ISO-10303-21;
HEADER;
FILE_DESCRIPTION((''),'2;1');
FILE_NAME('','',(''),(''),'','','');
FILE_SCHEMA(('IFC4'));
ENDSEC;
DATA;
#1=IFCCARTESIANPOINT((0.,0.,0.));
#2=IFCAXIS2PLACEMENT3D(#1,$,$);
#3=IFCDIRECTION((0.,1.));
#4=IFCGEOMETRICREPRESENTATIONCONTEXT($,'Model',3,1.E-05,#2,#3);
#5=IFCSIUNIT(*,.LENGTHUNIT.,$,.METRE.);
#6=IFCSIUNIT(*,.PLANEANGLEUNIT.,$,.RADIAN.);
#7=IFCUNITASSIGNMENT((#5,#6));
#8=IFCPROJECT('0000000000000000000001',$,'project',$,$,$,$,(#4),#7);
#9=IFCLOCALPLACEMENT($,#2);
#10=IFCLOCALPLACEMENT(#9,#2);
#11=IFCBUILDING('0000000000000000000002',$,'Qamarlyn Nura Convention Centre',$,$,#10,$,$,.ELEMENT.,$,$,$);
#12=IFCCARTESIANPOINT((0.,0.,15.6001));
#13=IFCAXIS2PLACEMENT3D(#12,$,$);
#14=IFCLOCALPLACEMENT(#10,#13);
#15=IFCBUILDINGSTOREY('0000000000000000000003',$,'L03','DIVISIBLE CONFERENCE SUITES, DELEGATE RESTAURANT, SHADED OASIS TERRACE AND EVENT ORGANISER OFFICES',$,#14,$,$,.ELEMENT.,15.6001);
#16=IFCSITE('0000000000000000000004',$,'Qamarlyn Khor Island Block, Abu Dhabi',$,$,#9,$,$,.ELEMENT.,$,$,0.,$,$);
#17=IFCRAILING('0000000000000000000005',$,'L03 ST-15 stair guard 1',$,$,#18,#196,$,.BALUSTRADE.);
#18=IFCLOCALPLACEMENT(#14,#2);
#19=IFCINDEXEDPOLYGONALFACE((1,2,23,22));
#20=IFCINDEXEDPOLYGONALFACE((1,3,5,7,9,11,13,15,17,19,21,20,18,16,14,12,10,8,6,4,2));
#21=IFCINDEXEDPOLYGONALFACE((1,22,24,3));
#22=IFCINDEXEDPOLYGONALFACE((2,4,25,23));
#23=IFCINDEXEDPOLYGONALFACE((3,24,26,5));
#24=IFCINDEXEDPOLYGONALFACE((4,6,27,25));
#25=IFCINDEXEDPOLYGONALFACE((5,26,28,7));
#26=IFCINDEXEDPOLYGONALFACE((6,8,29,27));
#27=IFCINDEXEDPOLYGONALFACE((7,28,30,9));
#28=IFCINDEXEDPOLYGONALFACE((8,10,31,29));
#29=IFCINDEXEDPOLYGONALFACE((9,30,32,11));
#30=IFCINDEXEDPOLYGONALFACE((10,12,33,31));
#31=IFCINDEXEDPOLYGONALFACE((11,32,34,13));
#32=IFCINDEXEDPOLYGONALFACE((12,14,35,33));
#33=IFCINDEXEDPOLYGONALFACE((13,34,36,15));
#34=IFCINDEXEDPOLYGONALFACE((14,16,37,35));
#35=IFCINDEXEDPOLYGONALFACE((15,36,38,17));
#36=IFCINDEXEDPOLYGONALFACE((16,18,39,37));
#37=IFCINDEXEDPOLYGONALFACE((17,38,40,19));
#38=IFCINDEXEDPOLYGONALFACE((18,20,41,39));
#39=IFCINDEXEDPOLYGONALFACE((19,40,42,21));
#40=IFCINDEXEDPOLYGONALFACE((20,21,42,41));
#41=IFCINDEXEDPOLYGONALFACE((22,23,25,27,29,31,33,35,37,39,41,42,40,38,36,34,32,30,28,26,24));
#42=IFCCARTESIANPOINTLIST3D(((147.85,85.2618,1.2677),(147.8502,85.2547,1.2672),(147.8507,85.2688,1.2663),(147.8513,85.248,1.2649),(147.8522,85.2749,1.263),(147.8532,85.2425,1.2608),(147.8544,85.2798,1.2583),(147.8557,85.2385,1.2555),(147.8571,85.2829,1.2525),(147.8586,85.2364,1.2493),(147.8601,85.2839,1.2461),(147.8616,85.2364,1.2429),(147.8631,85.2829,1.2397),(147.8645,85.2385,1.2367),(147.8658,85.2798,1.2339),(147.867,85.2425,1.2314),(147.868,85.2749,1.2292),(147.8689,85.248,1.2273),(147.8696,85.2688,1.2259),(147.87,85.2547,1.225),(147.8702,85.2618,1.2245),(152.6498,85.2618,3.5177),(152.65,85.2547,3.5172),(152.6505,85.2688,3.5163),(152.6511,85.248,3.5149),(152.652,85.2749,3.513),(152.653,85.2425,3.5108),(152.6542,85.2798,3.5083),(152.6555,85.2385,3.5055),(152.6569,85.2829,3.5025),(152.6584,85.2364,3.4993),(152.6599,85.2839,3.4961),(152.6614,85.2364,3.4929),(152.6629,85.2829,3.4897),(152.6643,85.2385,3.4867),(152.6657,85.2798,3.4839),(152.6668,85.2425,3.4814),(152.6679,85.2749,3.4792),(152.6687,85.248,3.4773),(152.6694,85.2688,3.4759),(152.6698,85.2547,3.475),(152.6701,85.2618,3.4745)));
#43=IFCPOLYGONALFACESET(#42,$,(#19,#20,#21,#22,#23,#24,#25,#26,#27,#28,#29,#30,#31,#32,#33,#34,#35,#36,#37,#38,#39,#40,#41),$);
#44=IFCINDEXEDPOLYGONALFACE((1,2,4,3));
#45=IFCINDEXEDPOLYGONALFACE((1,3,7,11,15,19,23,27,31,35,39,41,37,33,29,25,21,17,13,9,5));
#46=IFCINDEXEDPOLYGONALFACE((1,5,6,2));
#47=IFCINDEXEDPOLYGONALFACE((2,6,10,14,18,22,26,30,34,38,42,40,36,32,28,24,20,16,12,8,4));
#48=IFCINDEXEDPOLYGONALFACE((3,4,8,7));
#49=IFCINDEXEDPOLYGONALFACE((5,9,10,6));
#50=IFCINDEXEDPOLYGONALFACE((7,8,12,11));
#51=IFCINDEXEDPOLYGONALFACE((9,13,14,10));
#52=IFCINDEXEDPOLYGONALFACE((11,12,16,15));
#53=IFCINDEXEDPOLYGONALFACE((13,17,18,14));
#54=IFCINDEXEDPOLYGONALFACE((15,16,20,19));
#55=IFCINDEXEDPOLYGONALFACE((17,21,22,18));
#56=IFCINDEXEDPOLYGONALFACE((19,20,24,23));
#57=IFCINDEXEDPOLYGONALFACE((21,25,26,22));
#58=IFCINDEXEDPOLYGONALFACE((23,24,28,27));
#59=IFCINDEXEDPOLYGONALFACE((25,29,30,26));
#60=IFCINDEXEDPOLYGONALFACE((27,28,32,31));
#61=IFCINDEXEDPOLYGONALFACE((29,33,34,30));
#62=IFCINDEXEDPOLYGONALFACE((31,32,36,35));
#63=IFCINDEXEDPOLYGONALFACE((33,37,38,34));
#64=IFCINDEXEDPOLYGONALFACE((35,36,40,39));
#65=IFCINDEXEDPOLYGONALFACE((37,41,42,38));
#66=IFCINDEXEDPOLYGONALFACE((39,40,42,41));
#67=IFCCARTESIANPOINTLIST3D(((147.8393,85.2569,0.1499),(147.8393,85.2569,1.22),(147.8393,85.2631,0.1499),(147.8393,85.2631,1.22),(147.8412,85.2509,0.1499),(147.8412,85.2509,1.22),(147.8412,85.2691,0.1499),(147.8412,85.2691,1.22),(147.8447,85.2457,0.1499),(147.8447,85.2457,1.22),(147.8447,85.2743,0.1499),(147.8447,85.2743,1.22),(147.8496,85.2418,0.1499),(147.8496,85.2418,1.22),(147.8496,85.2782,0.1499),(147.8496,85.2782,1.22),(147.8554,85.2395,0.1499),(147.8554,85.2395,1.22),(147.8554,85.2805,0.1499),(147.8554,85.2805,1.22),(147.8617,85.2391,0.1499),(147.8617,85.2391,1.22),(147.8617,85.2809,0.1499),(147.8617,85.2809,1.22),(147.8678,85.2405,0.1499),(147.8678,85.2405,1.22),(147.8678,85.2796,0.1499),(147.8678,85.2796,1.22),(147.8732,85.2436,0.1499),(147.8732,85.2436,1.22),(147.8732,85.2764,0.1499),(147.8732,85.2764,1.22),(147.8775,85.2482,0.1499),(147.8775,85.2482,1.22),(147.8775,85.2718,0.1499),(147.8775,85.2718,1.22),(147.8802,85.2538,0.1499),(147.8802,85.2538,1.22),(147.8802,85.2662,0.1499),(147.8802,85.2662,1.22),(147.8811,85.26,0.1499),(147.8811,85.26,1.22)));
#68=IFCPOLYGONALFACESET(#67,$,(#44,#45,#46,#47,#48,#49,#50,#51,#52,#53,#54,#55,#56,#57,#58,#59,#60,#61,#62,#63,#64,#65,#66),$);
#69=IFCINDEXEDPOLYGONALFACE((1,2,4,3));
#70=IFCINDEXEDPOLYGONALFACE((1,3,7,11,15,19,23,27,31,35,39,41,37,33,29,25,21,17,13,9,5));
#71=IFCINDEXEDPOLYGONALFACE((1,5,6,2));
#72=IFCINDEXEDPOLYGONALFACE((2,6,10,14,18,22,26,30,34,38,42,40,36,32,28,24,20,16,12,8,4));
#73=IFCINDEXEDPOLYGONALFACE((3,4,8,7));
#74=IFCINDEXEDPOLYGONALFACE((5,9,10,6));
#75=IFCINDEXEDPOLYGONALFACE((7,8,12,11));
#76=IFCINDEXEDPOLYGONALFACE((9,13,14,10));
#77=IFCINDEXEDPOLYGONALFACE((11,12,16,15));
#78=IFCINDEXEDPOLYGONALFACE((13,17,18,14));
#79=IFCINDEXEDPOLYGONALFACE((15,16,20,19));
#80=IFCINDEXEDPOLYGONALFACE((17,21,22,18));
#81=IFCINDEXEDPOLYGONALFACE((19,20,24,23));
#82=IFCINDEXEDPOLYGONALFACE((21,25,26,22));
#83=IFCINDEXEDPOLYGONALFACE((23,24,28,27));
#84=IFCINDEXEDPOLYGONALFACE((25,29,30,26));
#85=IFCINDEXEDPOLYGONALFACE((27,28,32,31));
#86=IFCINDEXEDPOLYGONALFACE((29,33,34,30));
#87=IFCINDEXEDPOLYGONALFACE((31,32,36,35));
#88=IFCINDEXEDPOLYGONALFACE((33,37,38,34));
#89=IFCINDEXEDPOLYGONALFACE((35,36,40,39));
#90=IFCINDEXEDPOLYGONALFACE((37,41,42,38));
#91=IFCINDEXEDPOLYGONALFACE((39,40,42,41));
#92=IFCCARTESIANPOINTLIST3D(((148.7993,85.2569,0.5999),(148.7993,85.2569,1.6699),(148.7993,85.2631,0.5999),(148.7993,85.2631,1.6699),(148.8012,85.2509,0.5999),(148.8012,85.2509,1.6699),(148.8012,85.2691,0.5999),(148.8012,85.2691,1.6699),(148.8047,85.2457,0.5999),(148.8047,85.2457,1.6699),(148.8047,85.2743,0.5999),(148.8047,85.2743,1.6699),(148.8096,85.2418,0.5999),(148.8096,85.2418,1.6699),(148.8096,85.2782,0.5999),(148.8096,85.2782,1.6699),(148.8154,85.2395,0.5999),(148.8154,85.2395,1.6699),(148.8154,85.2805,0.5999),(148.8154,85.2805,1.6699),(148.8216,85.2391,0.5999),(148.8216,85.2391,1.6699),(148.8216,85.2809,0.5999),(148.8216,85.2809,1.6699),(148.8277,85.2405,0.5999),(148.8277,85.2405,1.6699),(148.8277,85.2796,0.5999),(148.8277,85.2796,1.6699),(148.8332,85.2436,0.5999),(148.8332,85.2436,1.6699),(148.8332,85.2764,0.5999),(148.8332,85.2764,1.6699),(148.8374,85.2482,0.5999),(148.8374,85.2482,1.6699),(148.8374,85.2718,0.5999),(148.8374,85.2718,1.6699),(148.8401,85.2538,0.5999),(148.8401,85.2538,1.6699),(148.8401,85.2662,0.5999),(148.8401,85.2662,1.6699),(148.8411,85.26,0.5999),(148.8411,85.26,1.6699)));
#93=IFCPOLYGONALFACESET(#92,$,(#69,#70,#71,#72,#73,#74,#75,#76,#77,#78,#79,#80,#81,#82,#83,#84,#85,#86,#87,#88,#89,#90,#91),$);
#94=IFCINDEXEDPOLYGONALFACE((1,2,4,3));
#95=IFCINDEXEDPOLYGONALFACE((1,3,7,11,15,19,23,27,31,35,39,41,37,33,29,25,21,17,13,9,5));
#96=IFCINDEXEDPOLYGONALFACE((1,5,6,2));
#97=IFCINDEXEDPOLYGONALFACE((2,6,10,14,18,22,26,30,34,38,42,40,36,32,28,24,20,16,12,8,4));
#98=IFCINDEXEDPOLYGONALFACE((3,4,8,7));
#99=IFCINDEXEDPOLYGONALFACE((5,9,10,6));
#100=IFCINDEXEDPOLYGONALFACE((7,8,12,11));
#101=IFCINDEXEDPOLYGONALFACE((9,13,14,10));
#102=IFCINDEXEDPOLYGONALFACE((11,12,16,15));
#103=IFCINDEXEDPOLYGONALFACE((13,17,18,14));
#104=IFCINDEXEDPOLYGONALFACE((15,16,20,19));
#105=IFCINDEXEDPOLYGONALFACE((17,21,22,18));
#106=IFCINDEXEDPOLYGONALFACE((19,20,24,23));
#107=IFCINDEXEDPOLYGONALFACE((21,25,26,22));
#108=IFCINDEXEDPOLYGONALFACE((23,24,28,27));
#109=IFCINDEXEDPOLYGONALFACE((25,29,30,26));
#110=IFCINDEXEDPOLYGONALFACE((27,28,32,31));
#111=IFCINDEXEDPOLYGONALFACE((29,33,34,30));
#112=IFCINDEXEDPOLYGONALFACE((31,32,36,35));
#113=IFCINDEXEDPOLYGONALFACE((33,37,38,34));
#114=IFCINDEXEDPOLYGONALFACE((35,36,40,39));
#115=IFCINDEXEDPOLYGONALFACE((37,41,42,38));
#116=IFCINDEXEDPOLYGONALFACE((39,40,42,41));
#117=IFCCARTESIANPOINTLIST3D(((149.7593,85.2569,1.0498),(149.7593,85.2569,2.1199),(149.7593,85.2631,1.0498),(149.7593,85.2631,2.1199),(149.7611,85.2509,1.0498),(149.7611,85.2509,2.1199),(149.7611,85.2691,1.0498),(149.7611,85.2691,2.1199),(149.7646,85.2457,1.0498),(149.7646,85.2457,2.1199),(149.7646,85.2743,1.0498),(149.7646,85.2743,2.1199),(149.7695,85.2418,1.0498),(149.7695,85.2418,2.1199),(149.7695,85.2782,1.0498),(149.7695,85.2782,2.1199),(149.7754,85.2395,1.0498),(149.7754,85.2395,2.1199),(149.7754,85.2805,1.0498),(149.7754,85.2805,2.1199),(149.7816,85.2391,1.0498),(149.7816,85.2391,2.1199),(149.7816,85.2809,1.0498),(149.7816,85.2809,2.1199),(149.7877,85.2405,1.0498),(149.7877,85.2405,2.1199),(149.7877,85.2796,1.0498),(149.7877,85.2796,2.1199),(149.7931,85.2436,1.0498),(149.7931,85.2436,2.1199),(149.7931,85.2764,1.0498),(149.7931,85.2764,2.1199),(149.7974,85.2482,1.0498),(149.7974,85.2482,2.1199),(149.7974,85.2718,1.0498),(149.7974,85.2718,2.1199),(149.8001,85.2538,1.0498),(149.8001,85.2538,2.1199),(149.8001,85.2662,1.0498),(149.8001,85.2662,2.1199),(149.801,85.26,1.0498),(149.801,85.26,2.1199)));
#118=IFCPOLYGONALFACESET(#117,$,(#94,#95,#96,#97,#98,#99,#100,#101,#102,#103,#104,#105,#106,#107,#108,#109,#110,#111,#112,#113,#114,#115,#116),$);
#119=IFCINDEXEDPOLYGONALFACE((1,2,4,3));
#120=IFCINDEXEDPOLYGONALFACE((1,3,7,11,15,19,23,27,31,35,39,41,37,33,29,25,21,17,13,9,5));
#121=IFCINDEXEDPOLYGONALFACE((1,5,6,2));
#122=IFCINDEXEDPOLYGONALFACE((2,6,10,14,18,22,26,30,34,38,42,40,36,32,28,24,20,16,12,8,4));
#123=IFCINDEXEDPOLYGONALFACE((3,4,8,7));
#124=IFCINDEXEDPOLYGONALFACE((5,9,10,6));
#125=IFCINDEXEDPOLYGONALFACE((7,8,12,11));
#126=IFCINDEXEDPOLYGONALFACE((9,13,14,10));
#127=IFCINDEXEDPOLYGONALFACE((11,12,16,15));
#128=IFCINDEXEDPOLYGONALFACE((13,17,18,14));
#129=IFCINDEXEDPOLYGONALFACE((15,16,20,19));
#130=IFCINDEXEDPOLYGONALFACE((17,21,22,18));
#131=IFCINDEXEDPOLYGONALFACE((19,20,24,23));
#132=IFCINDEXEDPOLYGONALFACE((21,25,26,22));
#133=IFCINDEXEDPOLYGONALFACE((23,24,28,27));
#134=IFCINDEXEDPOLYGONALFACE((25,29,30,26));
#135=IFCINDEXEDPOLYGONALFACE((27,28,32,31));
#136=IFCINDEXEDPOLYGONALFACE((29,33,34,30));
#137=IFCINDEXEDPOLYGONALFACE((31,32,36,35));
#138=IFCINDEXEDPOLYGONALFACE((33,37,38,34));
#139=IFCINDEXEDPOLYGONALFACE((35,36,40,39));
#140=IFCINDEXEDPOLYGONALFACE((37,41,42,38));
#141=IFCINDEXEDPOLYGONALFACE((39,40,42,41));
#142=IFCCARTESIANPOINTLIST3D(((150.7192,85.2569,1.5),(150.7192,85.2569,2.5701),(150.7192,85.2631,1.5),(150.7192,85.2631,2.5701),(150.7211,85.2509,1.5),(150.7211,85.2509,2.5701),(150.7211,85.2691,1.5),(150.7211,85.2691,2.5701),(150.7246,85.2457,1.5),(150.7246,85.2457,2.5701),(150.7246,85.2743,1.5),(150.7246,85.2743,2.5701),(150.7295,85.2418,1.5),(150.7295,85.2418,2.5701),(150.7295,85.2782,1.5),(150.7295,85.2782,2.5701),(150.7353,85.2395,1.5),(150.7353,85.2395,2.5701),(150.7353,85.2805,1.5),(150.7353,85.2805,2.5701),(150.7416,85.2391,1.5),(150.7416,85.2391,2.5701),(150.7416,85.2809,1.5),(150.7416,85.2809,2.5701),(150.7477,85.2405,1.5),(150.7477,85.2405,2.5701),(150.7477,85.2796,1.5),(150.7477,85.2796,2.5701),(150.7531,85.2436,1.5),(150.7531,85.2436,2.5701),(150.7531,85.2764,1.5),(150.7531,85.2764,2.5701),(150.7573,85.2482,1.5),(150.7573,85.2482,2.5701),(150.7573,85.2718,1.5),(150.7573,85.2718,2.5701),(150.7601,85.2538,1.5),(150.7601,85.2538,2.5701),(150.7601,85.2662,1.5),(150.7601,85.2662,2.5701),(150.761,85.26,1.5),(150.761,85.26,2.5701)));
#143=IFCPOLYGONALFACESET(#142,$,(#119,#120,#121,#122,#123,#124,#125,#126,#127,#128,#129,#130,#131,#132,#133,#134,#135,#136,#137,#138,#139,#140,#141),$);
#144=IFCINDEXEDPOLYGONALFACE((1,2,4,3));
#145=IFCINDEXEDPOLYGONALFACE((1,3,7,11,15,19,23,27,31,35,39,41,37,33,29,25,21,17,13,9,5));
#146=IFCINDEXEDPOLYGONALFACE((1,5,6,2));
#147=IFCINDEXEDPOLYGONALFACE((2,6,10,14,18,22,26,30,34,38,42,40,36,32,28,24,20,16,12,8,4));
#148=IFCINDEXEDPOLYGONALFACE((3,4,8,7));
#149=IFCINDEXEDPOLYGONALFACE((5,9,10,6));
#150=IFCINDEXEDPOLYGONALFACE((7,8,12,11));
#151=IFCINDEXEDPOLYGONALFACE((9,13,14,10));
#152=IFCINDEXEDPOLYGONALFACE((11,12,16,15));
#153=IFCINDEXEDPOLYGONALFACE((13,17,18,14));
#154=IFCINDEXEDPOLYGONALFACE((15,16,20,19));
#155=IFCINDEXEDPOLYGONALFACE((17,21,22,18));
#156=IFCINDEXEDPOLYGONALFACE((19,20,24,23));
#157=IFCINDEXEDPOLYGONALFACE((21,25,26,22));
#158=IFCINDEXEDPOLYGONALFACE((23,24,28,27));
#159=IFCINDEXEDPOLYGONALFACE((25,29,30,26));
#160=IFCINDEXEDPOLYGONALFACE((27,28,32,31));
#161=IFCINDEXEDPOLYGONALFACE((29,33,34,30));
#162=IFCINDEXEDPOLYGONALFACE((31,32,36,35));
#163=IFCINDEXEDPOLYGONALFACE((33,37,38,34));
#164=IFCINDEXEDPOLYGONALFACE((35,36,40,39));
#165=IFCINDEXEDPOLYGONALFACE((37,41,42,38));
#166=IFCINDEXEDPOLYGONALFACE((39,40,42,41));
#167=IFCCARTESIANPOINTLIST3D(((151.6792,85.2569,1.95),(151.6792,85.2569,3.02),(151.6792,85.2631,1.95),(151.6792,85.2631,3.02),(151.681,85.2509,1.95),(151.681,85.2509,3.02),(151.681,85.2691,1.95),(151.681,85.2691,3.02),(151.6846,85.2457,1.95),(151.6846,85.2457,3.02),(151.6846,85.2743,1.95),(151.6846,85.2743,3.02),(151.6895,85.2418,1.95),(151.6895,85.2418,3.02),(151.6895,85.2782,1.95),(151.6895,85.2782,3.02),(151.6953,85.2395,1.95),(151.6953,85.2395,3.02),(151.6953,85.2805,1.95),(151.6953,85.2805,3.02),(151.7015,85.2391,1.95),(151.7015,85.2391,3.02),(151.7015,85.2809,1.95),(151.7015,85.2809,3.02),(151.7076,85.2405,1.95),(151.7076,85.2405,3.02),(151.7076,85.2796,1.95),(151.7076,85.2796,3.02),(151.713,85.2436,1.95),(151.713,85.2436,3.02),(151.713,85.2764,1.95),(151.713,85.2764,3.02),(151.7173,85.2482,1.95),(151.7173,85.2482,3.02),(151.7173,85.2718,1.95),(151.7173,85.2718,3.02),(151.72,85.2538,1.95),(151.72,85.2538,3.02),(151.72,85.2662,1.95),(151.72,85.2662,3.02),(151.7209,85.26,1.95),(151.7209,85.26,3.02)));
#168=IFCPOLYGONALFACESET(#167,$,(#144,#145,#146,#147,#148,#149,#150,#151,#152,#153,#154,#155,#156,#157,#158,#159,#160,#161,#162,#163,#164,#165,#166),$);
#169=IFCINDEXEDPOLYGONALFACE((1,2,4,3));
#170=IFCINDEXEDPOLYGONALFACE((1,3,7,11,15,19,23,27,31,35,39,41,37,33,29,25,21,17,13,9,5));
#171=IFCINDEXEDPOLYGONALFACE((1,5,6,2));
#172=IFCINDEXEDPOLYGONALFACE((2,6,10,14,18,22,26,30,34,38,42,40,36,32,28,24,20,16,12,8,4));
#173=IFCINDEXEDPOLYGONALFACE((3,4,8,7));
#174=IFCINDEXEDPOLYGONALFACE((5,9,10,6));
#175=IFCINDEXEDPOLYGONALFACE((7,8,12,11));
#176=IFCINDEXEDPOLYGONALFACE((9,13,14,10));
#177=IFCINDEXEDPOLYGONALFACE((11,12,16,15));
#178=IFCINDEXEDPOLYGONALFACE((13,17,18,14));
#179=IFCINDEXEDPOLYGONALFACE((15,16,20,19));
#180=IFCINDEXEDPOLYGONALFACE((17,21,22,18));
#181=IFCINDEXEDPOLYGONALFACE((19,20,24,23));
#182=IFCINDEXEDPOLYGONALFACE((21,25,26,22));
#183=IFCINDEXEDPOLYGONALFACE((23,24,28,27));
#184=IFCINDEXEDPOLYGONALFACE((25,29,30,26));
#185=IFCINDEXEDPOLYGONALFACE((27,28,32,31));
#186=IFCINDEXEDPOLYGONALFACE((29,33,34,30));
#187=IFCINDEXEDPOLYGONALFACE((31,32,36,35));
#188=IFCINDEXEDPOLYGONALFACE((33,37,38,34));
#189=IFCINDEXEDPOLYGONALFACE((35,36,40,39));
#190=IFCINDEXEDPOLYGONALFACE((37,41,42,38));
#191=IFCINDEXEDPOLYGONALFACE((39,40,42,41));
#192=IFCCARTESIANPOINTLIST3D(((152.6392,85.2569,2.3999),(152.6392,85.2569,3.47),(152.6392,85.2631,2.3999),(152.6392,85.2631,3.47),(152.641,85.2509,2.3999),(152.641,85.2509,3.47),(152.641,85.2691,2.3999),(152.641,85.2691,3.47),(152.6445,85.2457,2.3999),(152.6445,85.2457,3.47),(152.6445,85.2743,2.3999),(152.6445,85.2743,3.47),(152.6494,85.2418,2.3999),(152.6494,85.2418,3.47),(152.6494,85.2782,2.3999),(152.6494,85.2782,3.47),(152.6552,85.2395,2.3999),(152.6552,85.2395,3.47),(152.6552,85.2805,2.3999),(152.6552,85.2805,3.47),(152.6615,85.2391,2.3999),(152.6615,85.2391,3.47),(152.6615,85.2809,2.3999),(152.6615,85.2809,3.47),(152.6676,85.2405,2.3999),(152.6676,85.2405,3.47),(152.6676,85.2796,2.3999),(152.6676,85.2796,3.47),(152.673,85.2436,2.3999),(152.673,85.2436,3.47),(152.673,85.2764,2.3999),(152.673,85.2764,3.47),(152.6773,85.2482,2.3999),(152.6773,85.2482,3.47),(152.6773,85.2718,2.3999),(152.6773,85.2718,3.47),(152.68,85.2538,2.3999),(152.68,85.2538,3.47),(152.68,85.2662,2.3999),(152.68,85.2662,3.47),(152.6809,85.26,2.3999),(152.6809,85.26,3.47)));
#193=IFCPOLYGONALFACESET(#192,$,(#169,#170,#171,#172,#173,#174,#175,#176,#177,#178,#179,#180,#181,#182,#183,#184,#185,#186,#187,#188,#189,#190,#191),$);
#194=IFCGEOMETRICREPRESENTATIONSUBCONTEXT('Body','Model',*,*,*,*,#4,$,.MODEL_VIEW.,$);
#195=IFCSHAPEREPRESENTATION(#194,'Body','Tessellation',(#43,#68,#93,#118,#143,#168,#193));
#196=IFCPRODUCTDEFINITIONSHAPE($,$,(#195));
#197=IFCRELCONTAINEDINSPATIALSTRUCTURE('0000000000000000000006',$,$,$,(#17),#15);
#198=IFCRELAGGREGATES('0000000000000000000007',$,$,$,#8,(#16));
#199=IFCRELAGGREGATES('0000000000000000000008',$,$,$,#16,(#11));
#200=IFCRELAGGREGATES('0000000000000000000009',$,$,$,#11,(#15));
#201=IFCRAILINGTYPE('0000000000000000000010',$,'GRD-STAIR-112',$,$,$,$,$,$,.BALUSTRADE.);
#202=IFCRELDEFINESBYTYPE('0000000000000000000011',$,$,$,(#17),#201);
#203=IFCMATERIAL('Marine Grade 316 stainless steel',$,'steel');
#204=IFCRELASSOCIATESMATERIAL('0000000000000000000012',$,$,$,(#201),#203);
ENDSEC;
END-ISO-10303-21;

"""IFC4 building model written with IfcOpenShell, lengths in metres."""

from ifc_helpers import new_model, si_unit, direction, frame, origin, origin_2d, place, context, subcontext, project, spatial, circle, extrude, material, type_object, element, save


model = new_model("IFC4")

# Units and contexts
model_context = context("Model", 3, precision=1e-05, world=origin(), true_north=direction((0.0, 1.0)))
body_context = subcontext(model_context, "Body", "Model", "MODEL_VIEW")
ifc_project = project(units=[si_unit("LENGTHUNIT", "METRE"), si_unit("PLANEANGLEUNIT", "RADIAN")], contexts=[model_context])

# Site, building, storey
site_placement = place(None, origin())
site = spatial("IfcSite", under=ifc_project, at=site_placement, Name="Qamarlyn Khor Island Block, Abu Dhabi", CompositionType="ELEMENT", RefElevation=0.0)
building_placement = place(site_placement, origin())
building = spatial("IfcBuilding", under=site, at=building_placement, Name="Qamarlyn Nura Convention Centre", CompositionType="ELEMENT")
storey_placement = place(building_placement, frame((0.0, 0.0, 15.6001)))
storey = spatial("IfcBuildingStorey", under=building, at=storey_placement, Name="L03", Description="DIVISIBLE CONFERENCE SUITES, DELEGATE RESTAURANT, SHADED OASIS TERRACE AND EVENT ORGANISER OFFICES", CompositionType="ELEMENT", Elevation=15.6001)

# Railing
ifc_material_1 = material(Name="Marine Grade 316 stainless steel", Category="steel")
railing_type_1 = type_object("IfcRailingType", Name="GRD-STAIR-112", PredefinedType="BALUSTRADE", material=ifc_material_1)
railing_1_placement = place(storey_placement, frame((147.8601, 85.26, 0.1499)))
element("IfcRailing", 1, at=railing_1_placement, inside=storey, type_object=railing_type_1, Name="L03 ST-15 stair guard 1", PredefinedType="BALUSTRADE", context=body_context, shape_type="SweptSolid", body=[
    extrude(circle(Radius=0.0239, at=origin_2d()), frame((0.0, 0.0, 1.0962), z_axis=(0.905452, 0.0, 0.424448), x_axis=(0.0, 1.0, 0.0)), (0.0, 0.0, 1.0), 5.301),
    extrude(circle(Radius=0.021, at=origin_2d()), origin(), (0.0, 0.0, 1.0), 1.0701),
    extrude(circle(Radius=0.021, at=origin_2d()), frame((0.96, 0.0, 0.45)), (0.0, 0.0, 1.0), 1.0701),
    extrude(circle(Radius=0.021, at=origin_2d()), frame((1.9199, 0.0, 0.8999)), (0.0, 0.0, 1.0), 1.0701),
    extrude(circle(Radius=0.021, at=origin_2d()), frame((2.8799, 0.0, 1.3501)), (0.0, 0.0, 1.0), 1.0701),
    extrude(circle(Radius=0.021, at=origin_2d()), frame((3.8398, 0.0, 1.8)), (0.0, 0.0, 1.0), 1.0701),
    extrude(circle(Radius=0.021, at=origin_2d()), frame((4.7998, 0.0, 2.25)), (0.0, 0.0, 1.0), 1.0701),
])

save(model, "model.ifc")
